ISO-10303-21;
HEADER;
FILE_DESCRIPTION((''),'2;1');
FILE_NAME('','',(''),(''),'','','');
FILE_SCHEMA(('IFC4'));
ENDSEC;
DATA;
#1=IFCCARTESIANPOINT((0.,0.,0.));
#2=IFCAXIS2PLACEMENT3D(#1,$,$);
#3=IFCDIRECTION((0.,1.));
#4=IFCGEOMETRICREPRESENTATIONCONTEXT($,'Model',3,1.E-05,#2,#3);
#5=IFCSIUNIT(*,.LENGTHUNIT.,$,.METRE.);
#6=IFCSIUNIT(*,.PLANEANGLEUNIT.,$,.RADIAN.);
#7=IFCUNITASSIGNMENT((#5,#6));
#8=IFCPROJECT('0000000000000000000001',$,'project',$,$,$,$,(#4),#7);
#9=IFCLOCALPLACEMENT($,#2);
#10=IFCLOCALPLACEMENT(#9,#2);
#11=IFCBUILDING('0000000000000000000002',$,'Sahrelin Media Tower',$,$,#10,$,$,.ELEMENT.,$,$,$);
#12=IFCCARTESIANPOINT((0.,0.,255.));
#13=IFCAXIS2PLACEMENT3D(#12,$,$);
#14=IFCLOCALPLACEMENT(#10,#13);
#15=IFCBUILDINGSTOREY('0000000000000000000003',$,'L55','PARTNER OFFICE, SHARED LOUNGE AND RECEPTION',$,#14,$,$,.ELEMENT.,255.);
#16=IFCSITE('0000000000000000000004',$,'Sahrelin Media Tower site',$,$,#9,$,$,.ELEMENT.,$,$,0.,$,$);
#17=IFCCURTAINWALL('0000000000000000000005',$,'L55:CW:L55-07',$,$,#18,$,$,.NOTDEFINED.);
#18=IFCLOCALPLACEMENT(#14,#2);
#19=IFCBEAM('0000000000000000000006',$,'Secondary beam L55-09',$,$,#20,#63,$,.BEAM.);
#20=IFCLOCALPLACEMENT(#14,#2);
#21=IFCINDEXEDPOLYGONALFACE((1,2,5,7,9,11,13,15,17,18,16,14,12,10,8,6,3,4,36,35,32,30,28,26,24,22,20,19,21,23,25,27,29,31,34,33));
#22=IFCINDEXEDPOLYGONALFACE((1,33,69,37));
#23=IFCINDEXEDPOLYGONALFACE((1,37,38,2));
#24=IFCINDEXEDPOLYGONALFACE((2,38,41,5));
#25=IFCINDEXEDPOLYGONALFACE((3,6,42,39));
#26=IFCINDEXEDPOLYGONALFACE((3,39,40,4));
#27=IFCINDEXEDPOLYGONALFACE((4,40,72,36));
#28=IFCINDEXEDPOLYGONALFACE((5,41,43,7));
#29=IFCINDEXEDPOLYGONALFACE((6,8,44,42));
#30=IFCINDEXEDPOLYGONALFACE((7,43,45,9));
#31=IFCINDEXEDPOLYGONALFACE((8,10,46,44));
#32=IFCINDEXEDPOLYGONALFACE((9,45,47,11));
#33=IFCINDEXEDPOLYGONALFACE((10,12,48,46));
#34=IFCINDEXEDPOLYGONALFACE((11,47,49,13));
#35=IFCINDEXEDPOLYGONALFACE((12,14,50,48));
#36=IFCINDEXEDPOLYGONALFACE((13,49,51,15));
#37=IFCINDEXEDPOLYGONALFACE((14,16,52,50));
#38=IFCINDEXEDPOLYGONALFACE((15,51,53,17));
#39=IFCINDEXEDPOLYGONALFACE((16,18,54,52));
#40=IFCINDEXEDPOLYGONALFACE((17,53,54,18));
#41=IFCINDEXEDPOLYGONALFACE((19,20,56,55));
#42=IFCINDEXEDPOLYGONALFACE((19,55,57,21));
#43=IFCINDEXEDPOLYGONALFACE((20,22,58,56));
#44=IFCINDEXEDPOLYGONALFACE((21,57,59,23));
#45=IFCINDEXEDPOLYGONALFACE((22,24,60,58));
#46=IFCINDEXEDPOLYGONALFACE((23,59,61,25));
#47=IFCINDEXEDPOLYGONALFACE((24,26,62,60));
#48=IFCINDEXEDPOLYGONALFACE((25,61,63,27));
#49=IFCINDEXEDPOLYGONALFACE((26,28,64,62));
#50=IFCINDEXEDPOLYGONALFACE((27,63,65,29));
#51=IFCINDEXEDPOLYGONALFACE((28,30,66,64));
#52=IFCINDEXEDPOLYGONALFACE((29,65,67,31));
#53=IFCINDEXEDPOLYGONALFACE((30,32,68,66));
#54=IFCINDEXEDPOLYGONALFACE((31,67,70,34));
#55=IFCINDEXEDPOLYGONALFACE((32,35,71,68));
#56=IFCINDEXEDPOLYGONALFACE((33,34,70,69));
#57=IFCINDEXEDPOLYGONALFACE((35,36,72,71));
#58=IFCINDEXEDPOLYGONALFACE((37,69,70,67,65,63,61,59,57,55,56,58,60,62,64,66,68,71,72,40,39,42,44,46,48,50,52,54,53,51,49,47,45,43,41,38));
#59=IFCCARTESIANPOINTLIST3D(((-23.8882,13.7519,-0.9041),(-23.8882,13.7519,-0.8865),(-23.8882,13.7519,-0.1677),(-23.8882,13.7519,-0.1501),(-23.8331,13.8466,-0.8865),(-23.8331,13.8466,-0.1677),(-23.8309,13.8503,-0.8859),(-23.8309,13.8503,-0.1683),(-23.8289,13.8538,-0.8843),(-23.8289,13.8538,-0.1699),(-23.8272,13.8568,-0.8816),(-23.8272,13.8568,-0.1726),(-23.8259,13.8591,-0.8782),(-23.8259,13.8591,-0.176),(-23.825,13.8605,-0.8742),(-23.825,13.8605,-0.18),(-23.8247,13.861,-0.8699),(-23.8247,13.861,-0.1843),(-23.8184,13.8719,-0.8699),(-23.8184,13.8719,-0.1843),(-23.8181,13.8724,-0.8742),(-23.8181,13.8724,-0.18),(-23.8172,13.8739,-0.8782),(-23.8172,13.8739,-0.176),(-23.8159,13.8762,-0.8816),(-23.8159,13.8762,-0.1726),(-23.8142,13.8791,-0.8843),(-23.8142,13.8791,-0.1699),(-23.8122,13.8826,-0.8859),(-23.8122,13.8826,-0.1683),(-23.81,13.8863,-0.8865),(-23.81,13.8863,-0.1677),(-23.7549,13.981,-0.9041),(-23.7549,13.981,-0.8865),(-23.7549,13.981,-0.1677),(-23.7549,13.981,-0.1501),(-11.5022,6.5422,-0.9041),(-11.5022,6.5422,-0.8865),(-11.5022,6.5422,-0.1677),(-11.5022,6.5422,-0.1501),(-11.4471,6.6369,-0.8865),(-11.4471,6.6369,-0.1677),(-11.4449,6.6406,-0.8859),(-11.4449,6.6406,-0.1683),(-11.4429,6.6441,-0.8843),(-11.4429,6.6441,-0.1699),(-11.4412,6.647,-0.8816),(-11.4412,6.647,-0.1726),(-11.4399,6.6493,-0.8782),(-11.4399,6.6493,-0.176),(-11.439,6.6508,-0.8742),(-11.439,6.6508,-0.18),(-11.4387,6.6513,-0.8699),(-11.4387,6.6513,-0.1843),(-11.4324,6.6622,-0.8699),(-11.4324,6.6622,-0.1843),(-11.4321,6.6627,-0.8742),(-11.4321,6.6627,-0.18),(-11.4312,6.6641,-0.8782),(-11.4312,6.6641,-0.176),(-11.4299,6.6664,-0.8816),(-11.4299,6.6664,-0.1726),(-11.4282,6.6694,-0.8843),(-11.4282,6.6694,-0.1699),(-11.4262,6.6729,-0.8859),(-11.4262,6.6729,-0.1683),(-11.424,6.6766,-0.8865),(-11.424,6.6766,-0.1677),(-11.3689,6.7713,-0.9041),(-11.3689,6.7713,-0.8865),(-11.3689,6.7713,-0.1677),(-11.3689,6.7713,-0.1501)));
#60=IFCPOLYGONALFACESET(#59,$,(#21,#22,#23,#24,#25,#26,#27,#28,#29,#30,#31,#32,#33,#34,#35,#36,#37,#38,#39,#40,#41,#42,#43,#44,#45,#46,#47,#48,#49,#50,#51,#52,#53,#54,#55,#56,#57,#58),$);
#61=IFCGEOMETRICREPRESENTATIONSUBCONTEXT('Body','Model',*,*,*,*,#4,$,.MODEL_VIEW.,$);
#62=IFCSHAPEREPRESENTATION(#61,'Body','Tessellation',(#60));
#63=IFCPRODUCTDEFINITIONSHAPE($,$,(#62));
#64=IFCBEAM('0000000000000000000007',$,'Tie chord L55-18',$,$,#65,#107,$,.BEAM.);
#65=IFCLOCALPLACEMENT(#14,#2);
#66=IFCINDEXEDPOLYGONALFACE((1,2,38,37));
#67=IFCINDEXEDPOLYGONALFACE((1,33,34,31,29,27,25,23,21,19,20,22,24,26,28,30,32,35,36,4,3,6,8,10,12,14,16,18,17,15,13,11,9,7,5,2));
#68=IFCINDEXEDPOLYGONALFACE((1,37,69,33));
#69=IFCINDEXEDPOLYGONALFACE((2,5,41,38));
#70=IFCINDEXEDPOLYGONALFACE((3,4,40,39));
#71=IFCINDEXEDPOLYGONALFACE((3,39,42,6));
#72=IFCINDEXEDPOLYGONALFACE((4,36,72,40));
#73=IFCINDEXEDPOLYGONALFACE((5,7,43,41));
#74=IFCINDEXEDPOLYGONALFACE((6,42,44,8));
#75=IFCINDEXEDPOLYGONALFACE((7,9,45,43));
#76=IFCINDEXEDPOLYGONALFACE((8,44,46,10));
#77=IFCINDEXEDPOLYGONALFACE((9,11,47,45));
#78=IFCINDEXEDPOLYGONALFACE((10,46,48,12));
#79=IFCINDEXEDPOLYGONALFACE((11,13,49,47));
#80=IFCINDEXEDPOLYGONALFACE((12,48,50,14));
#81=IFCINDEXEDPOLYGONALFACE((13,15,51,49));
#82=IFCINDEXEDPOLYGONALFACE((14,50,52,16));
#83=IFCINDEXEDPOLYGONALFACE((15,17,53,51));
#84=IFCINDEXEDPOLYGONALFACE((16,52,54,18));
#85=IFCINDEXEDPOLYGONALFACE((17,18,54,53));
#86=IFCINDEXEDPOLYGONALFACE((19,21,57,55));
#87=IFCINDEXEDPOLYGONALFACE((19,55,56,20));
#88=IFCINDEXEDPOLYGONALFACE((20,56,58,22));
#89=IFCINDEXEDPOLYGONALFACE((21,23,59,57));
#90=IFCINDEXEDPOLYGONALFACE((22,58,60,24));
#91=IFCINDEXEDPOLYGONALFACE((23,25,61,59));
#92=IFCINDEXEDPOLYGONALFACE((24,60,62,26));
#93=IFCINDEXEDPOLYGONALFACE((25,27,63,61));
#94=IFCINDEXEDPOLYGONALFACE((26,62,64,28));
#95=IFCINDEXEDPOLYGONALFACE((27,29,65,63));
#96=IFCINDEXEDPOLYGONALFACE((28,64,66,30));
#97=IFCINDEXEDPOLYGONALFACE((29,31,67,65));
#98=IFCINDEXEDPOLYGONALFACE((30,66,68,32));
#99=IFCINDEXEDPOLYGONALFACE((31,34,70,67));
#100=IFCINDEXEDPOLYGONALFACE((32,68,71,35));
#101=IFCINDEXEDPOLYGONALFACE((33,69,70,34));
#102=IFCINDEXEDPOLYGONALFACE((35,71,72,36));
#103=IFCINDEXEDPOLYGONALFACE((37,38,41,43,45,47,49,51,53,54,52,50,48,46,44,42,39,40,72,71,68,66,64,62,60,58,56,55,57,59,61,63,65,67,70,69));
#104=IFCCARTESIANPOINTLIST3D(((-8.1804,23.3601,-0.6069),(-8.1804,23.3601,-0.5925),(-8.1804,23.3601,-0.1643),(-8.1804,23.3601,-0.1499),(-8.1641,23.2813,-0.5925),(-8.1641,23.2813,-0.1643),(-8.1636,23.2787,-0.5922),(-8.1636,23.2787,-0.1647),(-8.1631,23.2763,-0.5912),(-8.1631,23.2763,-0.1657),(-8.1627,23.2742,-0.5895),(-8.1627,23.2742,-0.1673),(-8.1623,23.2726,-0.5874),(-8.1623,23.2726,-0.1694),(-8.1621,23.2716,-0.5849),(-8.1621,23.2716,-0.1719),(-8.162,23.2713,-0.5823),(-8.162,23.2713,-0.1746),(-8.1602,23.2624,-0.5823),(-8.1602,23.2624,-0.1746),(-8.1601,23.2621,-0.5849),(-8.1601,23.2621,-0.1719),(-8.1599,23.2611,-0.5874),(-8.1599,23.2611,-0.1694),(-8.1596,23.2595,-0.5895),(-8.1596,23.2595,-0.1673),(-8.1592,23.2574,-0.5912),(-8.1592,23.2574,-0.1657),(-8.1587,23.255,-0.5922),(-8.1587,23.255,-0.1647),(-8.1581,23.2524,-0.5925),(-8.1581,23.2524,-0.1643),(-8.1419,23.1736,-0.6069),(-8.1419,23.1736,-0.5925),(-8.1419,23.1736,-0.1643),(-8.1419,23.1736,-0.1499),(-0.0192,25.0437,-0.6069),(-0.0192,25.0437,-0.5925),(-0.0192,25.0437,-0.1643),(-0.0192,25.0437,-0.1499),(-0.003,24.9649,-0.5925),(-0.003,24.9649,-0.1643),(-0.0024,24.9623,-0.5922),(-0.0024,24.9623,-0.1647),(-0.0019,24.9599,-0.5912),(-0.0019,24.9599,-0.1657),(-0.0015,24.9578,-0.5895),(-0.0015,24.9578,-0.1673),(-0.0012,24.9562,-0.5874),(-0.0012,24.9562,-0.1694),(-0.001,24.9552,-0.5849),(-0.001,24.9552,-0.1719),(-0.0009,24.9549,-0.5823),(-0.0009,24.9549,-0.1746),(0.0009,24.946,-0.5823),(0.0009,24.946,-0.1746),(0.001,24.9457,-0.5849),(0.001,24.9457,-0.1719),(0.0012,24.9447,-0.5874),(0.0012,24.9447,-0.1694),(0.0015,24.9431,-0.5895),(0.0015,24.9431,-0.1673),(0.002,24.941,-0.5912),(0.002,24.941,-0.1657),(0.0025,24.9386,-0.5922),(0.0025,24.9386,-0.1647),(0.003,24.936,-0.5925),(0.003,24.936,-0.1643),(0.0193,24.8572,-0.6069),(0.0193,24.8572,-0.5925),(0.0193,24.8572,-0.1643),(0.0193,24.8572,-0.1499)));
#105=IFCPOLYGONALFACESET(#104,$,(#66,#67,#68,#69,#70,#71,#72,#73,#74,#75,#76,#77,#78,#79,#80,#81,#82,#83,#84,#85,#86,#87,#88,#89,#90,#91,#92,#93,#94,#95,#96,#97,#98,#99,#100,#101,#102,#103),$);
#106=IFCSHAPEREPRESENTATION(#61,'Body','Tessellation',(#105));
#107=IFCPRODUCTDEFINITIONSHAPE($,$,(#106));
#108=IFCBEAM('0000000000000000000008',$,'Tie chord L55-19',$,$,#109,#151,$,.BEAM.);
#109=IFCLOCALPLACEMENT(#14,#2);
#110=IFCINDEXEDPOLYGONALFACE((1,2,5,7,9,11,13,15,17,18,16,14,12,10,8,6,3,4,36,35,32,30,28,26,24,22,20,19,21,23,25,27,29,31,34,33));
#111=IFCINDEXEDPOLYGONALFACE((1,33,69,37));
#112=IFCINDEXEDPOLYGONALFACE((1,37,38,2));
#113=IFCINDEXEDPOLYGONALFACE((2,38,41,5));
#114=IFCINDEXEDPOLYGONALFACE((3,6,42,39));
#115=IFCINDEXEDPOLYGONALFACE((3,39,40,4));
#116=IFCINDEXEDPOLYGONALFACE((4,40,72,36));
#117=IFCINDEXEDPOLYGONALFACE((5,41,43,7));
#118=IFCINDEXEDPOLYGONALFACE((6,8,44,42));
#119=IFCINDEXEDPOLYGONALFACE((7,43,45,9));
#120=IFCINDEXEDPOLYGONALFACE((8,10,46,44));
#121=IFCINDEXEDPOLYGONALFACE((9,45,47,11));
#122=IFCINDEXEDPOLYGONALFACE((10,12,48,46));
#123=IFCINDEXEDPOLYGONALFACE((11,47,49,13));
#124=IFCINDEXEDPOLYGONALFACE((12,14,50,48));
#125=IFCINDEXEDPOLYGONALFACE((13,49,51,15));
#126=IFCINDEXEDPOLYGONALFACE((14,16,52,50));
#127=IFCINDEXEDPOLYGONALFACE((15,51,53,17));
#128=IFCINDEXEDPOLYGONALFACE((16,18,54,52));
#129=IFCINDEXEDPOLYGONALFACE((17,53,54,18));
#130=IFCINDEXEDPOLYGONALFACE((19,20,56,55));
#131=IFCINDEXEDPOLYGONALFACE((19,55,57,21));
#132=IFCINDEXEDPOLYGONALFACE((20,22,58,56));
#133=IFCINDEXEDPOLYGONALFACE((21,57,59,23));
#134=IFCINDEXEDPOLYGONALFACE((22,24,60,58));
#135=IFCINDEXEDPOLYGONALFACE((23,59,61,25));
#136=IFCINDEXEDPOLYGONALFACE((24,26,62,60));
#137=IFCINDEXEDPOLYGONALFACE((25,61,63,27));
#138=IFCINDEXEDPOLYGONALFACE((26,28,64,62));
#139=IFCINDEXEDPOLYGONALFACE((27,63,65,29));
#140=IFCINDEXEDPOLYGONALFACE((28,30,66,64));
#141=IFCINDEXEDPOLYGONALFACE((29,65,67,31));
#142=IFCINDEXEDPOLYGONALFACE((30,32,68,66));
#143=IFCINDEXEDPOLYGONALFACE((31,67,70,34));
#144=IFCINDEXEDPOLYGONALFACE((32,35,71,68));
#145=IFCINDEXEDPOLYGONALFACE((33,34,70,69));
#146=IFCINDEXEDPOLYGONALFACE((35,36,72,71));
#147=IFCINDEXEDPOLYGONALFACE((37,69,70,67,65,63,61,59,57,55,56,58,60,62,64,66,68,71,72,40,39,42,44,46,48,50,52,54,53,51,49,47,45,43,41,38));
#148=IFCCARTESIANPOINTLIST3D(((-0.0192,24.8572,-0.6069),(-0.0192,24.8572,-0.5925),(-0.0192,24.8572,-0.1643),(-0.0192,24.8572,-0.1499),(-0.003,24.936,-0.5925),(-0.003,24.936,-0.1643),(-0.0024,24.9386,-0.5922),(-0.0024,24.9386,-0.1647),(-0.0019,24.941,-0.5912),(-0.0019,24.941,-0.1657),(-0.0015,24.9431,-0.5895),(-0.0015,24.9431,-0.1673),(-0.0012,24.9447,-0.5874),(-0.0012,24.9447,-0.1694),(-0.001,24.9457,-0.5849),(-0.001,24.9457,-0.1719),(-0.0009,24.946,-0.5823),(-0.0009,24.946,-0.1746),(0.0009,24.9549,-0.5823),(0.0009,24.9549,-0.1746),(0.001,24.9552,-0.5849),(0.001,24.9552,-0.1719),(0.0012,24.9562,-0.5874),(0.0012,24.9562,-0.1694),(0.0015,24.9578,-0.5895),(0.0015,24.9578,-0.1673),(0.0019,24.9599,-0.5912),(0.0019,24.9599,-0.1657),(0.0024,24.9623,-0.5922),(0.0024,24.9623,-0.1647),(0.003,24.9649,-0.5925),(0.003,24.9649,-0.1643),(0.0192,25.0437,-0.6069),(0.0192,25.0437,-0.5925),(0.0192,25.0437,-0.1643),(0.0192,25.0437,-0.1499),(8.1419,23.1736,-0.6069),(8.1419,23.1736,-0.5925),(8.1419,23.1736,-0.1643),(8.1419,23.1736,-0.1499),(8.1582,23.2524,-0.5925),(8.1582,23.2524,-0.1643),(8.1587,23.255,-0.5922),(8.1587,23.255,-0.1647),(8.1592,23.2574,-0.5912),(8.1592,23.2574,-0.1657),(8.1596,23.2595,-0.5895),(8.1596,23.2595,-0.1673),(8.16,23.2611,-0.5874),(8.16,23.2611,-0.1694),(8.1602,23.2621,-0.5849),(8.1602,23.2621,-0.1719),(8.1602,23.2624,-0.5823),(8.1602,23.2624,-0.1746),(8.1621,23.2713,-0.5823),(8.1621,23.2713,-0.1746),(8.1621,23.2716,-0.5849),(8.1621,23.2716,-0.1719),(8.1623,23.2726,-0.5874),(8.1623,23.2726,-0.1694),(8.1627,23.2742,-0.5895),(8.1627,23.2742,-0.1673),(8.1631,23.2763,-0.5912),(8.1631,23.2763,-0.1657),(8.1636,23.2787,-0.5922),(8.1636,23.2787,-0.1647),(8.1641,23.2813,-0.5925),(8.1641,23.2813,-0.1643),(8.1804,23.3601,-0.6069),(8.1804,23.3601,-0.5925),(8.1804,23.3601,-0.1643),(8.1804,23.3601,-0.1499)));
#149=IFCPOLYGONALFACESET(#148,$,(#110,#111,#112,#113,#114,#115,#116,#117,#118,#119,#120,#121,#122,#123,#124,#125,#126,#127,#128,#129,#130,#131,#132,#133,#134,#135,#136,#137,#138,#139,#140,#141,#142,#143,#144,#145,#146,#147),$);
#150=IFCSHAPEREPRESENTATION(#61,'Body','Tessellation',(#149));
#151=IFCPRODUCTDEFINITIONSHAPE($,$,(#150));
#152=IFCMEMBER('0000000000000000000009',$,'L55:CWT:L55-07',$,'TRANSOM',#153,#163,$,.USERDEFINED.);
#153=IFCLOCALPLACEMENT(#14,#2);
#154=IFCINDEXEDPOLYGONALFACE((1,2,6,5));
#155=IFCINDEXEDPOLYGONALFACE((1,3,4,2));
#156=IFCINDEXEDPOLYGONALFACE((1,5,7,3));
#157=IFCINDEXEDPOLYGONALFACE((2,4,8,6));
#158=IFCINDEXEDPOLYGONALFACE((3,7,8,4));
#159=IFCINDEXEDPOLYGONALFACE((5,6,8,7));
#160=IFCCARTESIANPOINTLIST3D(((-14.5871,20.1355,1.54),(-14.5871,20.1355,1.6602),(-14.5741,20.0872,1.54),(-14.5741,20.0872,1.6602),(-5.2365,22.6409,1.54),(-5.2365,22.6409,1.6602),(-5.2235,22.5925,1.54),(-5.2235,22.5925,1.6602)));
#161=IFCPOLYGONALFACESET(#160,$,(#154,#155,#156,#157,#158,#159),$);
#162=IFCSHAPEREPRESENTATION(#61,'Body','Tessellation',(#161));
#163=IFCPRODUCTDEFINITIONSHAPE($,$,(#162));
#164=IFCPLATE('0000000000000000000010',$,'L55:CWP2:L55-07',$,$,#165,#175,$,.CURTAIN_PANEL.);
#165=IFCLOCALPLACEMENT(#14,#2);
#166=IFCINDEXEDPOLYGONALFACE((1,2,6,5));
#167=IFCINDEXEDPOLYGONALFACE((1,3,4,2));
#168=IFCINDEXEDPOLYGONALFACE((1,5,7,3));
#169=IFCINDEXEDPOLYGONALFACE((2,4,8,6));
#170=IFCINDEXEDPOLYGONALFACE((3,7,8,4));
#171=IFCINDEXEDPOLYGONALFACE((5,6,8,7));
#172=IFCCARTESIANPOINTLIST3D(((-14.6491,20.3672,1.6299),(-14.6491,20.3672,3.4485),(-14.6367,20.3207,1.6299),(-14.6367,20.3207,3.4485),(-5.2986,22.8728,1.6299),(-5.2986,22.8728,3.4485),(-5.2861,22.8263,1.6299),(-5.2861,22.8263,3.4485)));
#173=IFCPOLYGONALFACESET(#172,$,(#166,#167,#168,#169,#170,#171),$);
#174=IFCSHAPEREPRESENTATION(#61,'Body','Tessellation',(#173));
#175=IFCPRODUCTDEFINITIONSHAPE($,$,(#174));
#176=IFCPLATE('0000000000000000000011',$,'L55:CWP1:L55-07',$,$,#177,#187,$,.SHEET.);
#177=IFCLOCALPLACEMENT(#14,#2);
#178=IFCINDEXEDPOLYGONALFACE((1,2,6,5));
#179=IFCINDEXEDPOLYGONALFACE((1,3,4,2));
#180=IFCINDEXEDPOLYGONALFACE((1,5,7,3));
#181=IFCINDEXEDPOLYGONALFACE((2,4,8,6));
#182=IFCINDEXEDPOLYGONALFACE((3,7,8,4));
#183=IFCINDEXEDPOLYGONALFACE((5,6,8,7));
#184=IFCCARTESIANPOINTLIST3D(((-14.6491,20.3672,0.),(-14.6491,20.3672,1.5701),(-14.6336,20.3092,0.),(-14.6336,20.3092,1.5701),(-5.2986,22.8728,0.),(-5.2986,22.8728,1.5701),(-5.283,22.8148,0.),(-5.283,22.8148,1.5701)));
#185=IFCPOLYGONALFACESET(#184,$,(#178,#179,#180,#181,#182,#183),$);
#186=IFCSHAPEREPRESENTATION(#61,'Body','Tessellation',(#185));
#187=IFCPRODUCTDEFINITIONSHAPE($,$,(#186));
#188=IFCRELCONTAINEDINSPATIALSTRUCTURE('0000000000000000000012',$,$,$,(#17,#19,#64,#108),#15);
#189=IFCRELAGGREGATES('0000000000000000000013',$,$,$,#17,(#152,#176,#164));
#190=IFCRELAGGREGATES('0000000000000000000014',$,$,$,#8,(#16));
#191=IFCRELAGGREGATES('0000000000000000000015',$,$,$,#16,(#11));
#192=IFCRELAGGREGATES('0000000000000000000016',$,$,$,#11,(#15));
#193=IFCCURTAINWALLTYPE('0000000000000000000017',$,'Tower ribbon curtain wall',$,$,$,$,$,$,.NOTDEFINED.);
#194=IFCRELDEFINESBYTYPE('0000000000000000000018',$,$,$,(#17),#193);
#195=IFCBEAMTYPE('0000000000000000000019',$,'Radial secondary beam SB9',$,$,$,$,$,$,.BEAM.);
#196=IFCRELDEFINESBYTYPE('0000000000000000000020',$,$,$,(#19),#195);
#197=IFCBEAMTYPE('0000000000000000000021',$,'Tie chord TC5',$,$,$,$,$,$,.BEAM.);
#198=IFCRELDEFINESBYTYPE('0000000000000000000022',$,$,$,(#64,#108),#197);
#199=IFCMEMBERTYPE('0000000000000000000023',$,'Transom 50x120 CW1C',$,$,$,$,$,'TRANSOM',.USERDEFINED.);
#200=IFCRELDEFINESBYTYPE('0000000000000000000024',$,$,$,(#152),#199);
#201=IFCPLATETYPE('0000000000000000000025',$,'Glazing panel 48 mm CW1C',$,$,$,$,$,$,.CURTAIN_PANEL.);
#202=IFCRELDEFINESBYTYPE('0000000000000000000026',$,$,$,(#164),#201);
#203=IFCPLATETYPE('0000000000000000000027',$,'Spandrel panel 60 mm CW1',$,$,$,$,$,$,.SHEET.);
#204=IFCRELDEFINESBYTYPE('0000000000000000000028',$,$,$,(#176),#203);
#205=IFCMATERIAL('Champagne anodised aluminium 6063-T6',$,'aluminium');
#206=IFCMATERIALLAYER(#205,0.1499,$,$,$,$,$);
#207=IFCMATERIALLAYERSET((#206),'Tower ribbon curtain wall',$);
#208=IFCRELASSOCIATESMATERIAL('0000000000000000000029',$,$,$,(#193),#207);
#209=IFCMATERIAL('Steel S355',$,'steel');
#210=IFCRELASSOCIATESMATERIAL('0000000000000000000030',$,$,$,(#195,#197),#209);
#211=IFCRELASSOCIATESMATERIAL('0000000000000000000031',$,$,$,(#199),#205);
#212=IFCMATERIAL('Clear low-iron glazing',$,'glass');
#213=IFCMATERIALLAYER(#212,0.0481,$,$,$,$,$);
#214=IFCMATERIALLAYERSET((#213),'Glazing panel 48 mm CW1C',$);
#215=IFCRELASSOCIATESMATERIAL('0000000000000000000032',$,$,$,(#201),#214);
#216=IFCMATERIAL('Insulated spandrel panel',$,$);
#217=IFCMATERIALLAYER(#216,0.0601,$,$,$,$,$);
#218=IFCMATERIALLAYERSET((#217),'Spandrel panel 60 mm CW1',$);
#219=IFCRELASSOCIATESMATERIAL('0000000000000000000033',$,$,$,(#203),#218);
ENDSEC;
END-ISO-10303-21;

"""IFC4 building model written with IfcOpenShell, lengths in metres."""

from ifc_helpers import new_model, si_unit, direction, frame, origin, origin_2d, place, context, subcontext, project, spatial, polyline, rectangle, i_section, outline, extrude, material, layer, layer_set, material_profile, profile_set, type_object, element, aggregate, save


model = new_model("IFC4")

# Units and contexts
model_context = context("Model", 3, precision=1e-05, world=origin(), true_north=direction((0.0, 1.0)))
body_context = subcontext(model_context, "Body", "Model", "MODEL_VIEW")
ifc_project = project(units=[si_unit("LENGTHUNIT", "METRE"), si_unit("PLANEANGLEUNIT", "RADIAN")], contexts=[model_context])

# Site, building, storey
site_placement = place(None, origin())
site = spatial("IfcSite", under=ifc_project, at=site_placement, Name="Sahrelin Media Tower site", CompositionType="ELEMENT", RefElevation=0.0)
building_placement = place(site_placement, origin())
building = spatial("IfcBuilding", under=site, at=building_placement, Name="Sahrelin Media Tower", CompositionType="ELEMENT")
storey_placement = place(building_placement, frame((0.0, 0.0, 255.0)))
storey = spatial("IfcBuildingStorey", under=building, at=storey_placement, Name="L55", Description="PARTNER OFFICE, SHARED LOUNGE AND RECEPTION", CompositionType="ELEMENT", Elevation=255.0)

# Shared definitions
ifc_material_1 = material(Name="Steel S355", Category="steel")

# Curtain wall
ifc_material_2 = material(Name="Champagne anodised aluminium 6063-T6", Category="aluminium")
ifc_layer_1 = layer(ifc_material_2, 0.1499)
ifc_layer_set_1 = layer_set([ifc_layer_1], Name="Tower ribbon curtain wall")
curtain_wall_type = type_object("IfcCurtainWallType", Name="Tower ribbon curtain wall", PredefinedType="NOTDEFINED", material=ifc_layer_set_1)
curtain_wall_1_placement = place(storey_placement, frame((-9.9688, 21.6006, 0.0), z_axis=(0.0, 0.0, 1.0), x_axis=(1.0, 0.0, 0.0)))
curtain_wall_1 = element("IfcCurtainWall", 1, at=curtain_wall_1_placement, inside=storey, type_object=curtain_wall_type, Name="L55:CW:L55-07", PredefinedType="NOTDEFINED")

# Beams
ifc_material_profile_1 = material_profile(ifc_material_1, i_section(OverallWidth=0.2651, OverallDepth=0.7539, WebThickness=0.0127, FlangeThickness=0.0176, FilletRadius=0.0166, at=origin_2d()), Name="UB 762x267x147")
ifc_profile_set_1 = profile_set([ifc_material_profile_1], Name="Steel S355")
beam_type_1 = type_object("IfcBeamType", Name="Radial secondary beam SB9", PredefinedType="BEAM", material=ifc_profile_set_1)
beam_1_placement = place(storey_placement, frame((-11.4355, 6.6567, -0.5271), z_axis=(-0.864247, 0.503067, 0.0), x_axis=(-0.503067, -0.864247, 0.0)))
element("IfcBeam", 2, at=beam_1_placement, inside=storey, type_object=beam_type_1, Name="Secondary beam L55-09", PredefinedType="BEAM", context=body_context, shape_type="SweptSolid", body=[
    extrude(i_section(OverallWidth=0.2651, OverallDepth=0.7539, WebThickness=0.0127, FlangeThickness=0.0176, FilletRadius=0.0166, at=origin_2d()), origin(), (0.0, 0.0, 1.0), 14.3315),
])
ifc_material_profile_2 = material_profile(ifc_material_1, i_section(OverallWidth=0.1904, OverallDepth=0.457, WebThickness=0.009, FlangeThickness=0.0144, FilletRadius=0.0103, at=origin_2d()), Name="UB 457x191x74")
ifc_profile_set_2 = profile_set([ifc_material_profile_2], Name="Steel S355")
beam_type_2 = type_object("IfcBeamType", Name="Tie chord TC5", PredefinedType="BEAM", material=ifc_profile_set_2)
for number, where, z_axis, x_axis, name in (
    (3, (-8.1611, 23.2668, -0.3784), (0.979377, 0.20204, 0.0), (-0.20204, 0.979377, 0.0), "Tie chord L55-18"),
    (4, (0.0, 24.9504, -0.3784), (0.979377, -0.20204, 0.0), (0.20204, 0.979377, 0.0), "Tie chord L55-19"),
):
    element("IfcBeam", number, at=place(storey_placement, frame(where, z_axis=z_axis, x_axis=x_axis)), inside=storey, type_object=beam_type_2, Name=name, PredefinedType="BEAM", context=body_context, shape_type="SweptSolid", body=[
        extrude(i_section(OverallWidth=0.1904, OverallDepth=0.457, WebThickness=0.009, FlangeThickness=0.0144, FilletRadius=0.0103, at=origin_2d()), origin(), (0.0, 0.0, 1.0), 8.333),
    ])

# Member
ifc_material_profile_3 = material_profile(ifc_material_2, rectangle(XDim=0.05, YDim=0.1201, at=origin_2d()), Name="Transom 50x120")
ifc_profile_set_3 = profile_set([ifc_material_profile_3], Name="Champagne anodised aluminium 6063-T6")
member_type_1 = type_object("IfcMemberType", Name="Transom 50x120 CW1C", ElementType="TRANSOM", PredefinedType="USERDEFINED", material=ifc_profile_set_3)
member_1_placement = place(storey_placement, frame((-5.23, 22.6167, 1.6001), z_axis=(-0.965929, -0.258808, 0.0), x_axis=(0.258808, -0.965929, 0.0)))
member_1 = element("IfcMember", 5, at=member_1_placement, type_object=member_type_1, Name="L55:CWT:L55-07", ObjectType="TRANSOM", PredefinedType="USERDEFINED", context=body_context, shape_type="SweptSolid", body=[
    extrude(rectangle(XDim=0.05, YDim=0.1201, at=origin_2d()), origin(), (0.0, 0.0, 1.0), 9.6804),
])

# Plates
ifc_material_3 = material(Name="Clear low-iron glazing", Category="glass")
ifc_layer_2 = layer(ifc_material_3, 0.0481)
ifc_layer_set_2 = layer_set([ifc_layer_2], Name="Glazing panel 48 mm CW1C")
plate_type_1 = type_object("IfcPlateType", Name="Glazing panel 48 mm CW1C", PredefinedType="CURTAIN_PANEL", material=ifc_layer_set_2)
plate_1_placement = place(storey_placement, frame((-5.2986, 22.8728, 1.6299), z_axis=(-0.258832, 0.965922, 0.0), x_axis=(-0.965922, -0.258832, 0.0)))
plate_1 = element("IfcPlate", 6, at=plate_1_placement, type_object=plate_type_1, Name="L55:CWP2:L55-07", PredefinedType="CURTAIN_PANEL", context=body_context, shape_type="SweptSolid", body=[
    extrude(outline(polyline([(0.0, 0.0), (9.6804, 0.0), (9.6804, 1.8186), (0.0, 1.8186), (0.0, 0.0)])), origin(), (0.0, 0.0, -1.0), 0.0481),
])
ifc_material_4 = material(Name="Insulated spandrel panel")
ifc_layer_3 = layer(ifc_material_4, 0.0601)
ifc_layer_set_3 = layer_set([ifc_layer_3], Name="Spandrel panel 60 mm CW1")
plate_type_2 = type_object("IfcPlateType", Name="Spandrel panel 60 mm CW1", PredefinedType="SHEET", material=ifc_layer_set_3)
plate_2_placement = place(storey_placement, frame((-5.2986, 22.8728, 0.0), z_axis=(-0.258832, 0.965922, 0.0), x_axis=(-0.965922, -0.258832, 0.0)))
plate_2 = element("IfcPlate", 7, at=plate_2_placement, type_object=plate_type_2, Name="L55:CWP1:L55-07", PredefinedType="SHEET", context=body_context, shape_type="SweptSolid", body=[
    extrude(outline(polyline([(0.0, 0.0), (9.6804, 0.0), (9.6804, 1.5701), (0.0, 1.5701), (0.0, 0.0)])), origin(), (0.0, 0.0, -1.0), 0.0601),
])
aggregate(curtain_wall_1, [member_1, plate_2, plate_1])

save(model, "model.ifc")
